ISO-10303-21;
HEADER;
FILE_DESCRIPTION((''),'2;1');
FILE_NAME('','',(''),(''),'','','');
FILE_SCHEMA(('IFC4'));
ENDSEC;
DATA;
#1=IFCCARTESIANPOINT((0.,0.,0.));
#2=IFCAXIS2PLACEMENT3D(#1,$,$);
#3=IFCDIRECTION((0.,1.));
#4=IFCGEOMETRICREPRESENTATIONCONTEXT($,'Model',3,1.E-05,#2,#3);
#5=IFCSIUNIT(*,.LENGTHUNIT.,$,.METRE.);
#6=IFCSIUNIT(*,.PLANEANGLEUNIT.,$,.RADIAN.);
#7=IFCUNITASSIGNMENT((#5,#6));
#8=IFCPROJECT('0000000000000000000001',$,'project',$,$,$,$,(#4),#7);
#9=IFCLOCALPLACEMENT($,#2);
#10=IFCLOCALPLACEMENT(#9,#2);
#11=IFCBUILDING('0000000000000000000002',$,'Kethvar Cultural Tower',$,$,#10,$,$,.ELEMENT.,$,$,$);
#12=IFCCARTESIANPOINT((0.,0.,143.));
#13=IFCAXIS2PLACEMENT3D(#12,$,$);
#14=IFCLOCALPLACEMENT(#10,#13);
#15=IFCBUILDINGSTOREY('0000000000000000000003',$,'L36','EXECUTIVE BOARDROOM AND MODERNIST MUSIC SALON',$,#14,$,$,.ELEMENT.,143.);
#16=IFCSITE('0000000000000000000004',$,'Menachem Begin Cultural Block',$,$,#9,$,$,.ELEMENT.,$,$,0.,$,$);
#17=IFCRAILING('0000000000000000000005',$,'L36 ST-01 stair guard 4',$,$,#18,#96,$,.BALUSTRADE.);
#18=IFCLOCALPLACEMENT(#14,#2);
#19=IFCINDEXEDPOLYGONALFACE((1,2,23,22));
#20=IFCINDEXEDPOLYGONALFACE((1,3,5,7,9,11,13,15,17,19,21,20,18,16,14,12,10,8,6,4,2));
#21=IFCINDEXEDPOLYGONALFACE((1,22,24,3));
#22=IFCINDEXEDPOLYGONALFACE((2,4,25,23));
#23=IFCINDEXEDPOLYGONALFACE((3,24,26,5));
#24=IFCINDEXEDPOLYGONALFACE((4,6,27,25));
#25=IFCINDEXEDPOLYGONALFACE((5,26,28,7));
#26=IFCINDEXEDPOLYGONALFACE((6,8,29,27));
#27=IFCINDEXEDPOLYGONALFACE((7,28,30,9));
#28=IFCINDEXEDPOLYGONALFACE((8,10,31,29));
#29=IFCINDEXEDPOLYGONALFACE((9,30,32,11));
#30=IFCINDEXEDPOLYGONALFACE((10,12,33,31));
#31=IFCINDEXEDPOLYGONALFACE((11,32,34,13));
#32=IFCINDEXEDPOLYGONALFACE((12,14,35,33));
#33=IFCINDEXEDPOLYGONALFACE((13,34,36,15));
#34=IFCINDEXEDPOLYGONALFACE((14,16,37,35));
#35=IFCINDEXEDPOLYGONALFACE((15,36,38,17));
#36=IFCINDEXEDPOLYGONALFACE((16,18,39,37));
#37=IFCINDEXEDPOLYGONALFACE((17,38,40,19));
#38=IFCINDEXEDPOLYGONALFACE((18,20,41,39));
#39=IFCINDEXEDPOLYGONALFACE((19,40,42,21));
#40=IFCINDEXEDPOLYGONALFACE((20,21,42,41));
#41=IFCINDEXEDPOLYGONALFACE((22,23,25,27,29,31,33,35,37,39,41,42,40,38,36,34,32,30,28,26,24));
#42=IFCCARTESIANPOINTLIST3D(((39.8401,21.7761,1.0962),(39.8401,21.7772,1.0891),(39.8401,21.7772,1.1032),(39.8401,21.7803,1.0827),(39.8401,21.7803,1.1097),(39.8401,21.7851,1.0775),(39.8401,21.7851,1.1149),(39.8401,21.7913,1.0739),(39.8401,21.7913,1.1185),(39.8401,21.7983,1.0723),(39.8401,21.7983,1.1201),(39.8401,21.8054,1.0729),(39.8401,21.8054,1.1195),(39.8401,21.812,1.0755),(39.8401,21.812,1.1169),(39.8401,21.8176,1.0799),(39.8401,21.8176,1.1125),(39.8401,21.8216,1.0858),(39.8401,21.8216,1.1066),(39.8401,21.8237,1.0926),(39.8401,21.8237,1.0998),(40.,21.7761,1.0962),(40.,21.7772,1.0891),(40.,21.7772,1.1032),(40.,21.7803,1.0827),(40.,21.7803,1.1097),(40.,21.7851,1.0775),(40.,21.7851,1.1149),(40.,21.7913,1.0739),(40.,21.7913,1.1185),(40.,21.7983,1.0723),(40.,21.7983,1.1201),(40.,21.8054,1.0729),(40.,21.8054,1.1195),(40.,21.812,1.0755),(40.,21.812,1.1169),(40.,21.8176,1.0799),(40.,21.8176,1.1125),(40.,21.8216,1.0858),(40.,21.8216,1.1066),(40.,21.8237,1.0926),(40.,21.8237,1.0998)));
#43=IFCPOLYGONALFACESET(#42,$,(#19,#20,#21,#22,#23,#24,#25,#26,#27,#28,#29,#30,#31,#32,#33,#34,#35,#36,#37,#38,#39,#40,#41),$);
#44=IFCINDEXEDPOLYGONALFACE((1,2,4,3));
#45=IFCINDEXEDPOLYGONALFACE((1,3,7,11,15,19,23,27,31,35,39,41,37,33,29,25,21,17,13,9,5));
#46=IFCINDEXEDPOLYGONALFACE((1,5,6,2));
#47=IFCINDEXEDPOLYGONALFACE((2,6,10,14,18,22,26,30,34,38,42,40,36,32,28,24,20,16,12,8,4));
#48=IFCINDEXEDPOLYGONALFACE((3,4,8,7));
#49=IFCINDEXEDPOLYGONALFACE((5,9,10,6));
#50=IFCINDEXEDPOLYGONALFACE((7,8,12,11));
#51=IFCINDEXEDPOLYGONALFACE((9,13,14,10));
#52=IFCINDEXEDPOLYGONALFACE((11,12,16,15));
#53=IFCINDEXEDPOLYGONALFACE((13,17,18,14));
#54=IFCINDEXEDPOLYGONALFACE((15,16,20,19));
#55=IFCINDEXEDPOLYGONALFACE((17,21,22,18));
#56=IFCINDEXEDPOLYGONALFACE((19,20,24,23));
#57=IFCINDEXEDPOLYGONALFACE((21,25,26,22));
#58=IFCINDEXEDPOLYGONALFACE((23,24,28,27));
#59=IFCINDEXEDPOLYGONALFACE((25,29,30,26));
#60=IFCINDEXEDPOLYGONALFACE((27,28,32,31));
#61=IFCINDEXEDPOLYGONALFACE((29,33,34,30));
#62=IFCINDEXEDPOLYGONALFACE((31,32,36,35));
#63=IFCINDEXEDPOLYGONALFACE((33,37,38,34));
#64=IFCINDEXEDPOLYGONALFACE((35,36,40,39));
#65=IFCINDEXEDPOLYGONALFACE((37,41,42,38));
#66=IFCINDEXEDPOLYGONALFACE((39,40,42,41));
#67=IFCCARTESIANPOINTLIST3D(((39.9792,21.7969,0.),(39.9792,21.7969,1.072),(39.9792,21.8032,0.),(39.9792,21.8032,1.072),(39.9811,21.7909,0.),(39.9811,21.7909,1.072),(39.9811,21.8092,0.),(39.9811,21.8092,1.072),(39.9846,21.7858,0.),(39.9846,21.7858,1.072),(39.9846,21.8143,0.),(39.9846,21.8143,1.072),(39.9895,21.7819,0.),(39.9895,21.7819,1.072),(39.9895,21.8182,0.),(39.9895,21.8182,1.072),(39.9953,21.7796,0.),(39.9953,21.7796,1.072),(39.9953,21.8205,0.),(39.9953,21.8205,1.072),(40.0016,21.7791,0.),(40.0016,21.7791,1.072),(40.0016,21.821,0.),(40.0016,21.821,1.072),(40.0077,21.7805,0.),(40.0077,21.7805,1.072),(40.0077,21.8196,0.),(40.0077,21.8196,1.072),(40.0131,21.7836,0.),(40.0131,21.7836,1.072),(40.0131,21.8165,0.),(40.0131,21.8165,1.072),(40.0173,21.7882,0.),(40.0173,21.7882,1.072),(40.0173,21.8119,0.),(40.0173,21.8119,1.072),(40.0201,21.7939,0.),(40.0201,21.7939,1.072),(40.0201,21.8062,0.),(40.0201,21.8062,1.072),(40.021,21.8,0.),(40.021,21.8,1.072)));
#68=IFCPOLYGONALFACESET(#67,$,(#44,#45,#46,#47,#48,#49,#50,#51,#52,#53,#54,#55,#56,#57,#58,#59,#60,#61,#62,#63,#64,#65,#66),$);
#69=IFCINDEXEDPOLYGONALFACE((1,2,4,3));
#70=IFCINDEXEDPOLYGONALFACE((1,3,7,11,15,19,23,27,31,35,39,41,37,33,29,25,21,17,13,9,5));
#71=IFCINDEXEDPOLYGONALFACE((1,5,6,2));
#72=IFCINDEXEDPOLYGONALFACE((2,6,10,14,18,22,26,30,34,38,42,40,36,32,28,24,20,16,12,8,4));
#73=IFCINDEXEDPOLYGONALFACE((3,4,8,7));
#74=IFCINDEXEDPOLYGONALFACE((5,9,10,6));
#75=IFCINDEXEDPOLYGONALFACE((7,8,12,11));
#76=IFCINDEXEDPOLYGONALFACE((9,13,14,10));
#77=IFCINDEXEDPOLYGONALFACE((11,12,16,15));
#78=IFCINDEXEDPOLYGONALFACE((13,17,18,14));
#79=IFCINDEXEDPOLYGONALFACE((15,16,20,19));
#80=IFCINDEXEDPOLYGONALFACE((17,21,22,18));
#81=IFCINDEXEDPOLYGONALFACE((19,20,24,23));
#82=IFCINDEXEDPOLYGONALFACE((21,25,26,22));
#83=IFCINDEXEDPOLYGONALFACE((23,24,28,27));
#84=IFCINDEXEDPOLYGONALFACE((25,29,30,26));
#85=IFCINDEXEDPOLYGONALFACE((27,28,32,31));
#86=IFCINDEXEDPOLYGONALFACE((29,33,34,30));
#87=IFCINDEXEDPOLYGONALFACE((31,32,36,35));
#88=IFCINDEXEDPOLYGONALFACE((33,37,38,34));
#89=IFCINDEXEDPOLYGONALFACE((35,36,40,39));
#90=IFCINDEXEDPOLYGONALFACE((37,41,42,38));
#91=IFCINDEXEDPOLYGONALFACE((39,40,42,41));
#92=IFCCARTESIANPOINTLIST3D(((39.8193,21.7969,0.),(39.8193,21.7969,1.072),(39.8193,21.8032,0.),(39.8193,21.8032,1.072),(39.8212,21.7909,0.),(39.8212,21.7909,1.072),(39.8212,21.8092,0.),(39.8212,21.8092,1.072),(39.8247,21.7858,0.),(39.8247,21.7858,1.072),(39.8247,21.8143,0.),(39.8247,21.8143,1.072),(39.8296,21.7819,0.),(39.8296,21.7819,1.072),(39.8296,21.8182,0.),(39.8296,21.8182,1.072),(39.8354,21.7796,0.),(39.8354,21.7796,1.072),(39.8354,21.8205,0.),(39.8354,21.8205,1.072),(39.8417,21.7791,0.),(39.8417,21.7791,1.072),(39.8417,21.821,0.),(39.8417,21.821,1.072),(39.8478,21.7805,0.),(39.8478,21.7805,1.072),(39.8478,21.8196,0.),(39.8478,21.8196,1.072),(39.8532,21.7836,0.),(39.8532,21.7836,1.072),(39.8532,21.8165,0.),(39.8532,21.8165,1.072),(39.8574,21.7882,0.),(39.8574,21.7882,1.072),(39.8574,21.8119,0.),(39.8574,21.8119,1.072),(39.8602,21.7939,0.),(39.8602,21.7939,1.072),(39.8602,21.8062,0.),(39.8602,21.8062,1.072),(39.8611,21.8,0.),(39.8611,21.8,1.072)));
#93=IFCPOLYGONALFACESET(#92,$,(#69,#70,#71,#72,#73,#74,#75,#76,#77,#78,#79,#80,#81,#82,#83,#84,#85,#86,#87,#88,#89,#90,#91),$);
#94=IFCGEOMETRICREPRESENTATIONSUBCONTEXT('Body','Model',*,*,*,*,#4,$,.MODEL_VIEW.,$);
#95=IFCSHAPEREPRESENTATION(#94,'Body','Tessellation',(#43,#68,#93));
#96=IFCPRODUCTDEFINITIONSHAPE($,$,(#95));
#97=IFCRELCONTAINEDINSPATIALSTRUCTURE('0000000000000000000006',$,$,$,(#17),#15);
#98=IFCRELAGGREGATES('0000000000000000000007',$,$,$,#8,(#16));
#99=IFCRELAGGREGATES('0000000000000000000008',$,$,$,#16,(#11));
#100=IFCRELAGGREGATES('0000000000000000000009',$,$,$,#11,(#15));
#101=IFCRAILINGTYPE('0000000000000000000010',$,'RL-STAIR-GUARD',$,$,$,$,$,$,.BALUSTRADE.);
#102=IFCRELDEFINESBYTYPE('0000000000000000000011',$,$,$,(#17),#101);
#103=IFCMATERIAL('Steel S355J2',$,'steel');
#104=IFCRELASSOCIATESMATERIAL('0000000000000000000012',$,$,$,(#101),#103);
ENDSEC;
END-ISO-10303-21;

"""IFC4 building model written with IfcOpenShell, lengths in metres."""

from ifc_helpers import new_model, si_unit, direction, frame, origin, origin_2d, place, context, subcontext, project, spatial, circle, extrude, material, type_object, element, save


model = new_model("IFC4")

# Units and contexts
model_context = context("Model", 3, precision=1e-05, world=origin(), true_north=direction((0.0, 1.0)))
body_context = subcontext(model_context, "Body", "Model", "MODEL_VIEW")
ifc_project = project(units=[si_unit("LENGTHUNIT", "METRE"), si_unit("PLANEANGLEUNIT", "RADIAN")], contexts=[model_context])

# Site, building, storey
site_placement = place(None, origin())
site = spatial("IfcSite", under=ifc_project, at=site_placement, Name="Menachem Begin Cultural Block", CompositionType="ELEMENT", RefElevation=0.0)
building_placement = place(site_placement, origin())
building = spatial("IfcBuilding", under=site, at=building_placement, Name="Kethvar Cultural Tower", CompositionType="ELEMENT")
storey_placement = place(building_placement, frame((0.0, 0.0, 143.0)))
storey = spatial("IfcBuildingStorey", under=building, at=storey_placement, Name="L36", Description="EXECUTIVE BOARDROOM AND MODERNIST MUSIC SALON", CompositionType="ELEMENT", Elevation=143.0)

# Shared definitions
ifc_material_1 = material(Name="Steel S355J2", Category="steel")

# Railing
railing_type_1 = type_object("IfcRailingType", Name="RL-STAIR-GUARD", PredefinedType="BALUSTRADE", material=ifc_material_1)
railing_1_placement = place(storey_placement, frame((40.0, 21.8, 0.0)))
element("IfcRailing", 1, at=railing_1_placement, inside=storey, type_object=railing_type_1, Name="L36 ST-01 stair guard 4", PredefinedType="BALUSTRADE", context=body_context, shape_type="SweptSolid", body=[
    extrude(circle(Radius=0.0239, at=origin_2d()), frame((0.0, 0.0, 1.0962), z_axis=(-1.0, 0.0, 0.0), x_axis=(0.0, -1.0, 0.0)), (0.0, 0.0, 1.0), 0.1599),
    extrude(circle(Radius=0.021, at=origin_2d()), origin(), (0.0, 0.0, 1.0), 1.072),
    extrude(circle(Radius=0.021, at=origin_2d()), frame((-0.1599, 0.0, 0.0)), (0.0, 0.0, 1.0), 1.072),
])

save(model, "model.ifc")
